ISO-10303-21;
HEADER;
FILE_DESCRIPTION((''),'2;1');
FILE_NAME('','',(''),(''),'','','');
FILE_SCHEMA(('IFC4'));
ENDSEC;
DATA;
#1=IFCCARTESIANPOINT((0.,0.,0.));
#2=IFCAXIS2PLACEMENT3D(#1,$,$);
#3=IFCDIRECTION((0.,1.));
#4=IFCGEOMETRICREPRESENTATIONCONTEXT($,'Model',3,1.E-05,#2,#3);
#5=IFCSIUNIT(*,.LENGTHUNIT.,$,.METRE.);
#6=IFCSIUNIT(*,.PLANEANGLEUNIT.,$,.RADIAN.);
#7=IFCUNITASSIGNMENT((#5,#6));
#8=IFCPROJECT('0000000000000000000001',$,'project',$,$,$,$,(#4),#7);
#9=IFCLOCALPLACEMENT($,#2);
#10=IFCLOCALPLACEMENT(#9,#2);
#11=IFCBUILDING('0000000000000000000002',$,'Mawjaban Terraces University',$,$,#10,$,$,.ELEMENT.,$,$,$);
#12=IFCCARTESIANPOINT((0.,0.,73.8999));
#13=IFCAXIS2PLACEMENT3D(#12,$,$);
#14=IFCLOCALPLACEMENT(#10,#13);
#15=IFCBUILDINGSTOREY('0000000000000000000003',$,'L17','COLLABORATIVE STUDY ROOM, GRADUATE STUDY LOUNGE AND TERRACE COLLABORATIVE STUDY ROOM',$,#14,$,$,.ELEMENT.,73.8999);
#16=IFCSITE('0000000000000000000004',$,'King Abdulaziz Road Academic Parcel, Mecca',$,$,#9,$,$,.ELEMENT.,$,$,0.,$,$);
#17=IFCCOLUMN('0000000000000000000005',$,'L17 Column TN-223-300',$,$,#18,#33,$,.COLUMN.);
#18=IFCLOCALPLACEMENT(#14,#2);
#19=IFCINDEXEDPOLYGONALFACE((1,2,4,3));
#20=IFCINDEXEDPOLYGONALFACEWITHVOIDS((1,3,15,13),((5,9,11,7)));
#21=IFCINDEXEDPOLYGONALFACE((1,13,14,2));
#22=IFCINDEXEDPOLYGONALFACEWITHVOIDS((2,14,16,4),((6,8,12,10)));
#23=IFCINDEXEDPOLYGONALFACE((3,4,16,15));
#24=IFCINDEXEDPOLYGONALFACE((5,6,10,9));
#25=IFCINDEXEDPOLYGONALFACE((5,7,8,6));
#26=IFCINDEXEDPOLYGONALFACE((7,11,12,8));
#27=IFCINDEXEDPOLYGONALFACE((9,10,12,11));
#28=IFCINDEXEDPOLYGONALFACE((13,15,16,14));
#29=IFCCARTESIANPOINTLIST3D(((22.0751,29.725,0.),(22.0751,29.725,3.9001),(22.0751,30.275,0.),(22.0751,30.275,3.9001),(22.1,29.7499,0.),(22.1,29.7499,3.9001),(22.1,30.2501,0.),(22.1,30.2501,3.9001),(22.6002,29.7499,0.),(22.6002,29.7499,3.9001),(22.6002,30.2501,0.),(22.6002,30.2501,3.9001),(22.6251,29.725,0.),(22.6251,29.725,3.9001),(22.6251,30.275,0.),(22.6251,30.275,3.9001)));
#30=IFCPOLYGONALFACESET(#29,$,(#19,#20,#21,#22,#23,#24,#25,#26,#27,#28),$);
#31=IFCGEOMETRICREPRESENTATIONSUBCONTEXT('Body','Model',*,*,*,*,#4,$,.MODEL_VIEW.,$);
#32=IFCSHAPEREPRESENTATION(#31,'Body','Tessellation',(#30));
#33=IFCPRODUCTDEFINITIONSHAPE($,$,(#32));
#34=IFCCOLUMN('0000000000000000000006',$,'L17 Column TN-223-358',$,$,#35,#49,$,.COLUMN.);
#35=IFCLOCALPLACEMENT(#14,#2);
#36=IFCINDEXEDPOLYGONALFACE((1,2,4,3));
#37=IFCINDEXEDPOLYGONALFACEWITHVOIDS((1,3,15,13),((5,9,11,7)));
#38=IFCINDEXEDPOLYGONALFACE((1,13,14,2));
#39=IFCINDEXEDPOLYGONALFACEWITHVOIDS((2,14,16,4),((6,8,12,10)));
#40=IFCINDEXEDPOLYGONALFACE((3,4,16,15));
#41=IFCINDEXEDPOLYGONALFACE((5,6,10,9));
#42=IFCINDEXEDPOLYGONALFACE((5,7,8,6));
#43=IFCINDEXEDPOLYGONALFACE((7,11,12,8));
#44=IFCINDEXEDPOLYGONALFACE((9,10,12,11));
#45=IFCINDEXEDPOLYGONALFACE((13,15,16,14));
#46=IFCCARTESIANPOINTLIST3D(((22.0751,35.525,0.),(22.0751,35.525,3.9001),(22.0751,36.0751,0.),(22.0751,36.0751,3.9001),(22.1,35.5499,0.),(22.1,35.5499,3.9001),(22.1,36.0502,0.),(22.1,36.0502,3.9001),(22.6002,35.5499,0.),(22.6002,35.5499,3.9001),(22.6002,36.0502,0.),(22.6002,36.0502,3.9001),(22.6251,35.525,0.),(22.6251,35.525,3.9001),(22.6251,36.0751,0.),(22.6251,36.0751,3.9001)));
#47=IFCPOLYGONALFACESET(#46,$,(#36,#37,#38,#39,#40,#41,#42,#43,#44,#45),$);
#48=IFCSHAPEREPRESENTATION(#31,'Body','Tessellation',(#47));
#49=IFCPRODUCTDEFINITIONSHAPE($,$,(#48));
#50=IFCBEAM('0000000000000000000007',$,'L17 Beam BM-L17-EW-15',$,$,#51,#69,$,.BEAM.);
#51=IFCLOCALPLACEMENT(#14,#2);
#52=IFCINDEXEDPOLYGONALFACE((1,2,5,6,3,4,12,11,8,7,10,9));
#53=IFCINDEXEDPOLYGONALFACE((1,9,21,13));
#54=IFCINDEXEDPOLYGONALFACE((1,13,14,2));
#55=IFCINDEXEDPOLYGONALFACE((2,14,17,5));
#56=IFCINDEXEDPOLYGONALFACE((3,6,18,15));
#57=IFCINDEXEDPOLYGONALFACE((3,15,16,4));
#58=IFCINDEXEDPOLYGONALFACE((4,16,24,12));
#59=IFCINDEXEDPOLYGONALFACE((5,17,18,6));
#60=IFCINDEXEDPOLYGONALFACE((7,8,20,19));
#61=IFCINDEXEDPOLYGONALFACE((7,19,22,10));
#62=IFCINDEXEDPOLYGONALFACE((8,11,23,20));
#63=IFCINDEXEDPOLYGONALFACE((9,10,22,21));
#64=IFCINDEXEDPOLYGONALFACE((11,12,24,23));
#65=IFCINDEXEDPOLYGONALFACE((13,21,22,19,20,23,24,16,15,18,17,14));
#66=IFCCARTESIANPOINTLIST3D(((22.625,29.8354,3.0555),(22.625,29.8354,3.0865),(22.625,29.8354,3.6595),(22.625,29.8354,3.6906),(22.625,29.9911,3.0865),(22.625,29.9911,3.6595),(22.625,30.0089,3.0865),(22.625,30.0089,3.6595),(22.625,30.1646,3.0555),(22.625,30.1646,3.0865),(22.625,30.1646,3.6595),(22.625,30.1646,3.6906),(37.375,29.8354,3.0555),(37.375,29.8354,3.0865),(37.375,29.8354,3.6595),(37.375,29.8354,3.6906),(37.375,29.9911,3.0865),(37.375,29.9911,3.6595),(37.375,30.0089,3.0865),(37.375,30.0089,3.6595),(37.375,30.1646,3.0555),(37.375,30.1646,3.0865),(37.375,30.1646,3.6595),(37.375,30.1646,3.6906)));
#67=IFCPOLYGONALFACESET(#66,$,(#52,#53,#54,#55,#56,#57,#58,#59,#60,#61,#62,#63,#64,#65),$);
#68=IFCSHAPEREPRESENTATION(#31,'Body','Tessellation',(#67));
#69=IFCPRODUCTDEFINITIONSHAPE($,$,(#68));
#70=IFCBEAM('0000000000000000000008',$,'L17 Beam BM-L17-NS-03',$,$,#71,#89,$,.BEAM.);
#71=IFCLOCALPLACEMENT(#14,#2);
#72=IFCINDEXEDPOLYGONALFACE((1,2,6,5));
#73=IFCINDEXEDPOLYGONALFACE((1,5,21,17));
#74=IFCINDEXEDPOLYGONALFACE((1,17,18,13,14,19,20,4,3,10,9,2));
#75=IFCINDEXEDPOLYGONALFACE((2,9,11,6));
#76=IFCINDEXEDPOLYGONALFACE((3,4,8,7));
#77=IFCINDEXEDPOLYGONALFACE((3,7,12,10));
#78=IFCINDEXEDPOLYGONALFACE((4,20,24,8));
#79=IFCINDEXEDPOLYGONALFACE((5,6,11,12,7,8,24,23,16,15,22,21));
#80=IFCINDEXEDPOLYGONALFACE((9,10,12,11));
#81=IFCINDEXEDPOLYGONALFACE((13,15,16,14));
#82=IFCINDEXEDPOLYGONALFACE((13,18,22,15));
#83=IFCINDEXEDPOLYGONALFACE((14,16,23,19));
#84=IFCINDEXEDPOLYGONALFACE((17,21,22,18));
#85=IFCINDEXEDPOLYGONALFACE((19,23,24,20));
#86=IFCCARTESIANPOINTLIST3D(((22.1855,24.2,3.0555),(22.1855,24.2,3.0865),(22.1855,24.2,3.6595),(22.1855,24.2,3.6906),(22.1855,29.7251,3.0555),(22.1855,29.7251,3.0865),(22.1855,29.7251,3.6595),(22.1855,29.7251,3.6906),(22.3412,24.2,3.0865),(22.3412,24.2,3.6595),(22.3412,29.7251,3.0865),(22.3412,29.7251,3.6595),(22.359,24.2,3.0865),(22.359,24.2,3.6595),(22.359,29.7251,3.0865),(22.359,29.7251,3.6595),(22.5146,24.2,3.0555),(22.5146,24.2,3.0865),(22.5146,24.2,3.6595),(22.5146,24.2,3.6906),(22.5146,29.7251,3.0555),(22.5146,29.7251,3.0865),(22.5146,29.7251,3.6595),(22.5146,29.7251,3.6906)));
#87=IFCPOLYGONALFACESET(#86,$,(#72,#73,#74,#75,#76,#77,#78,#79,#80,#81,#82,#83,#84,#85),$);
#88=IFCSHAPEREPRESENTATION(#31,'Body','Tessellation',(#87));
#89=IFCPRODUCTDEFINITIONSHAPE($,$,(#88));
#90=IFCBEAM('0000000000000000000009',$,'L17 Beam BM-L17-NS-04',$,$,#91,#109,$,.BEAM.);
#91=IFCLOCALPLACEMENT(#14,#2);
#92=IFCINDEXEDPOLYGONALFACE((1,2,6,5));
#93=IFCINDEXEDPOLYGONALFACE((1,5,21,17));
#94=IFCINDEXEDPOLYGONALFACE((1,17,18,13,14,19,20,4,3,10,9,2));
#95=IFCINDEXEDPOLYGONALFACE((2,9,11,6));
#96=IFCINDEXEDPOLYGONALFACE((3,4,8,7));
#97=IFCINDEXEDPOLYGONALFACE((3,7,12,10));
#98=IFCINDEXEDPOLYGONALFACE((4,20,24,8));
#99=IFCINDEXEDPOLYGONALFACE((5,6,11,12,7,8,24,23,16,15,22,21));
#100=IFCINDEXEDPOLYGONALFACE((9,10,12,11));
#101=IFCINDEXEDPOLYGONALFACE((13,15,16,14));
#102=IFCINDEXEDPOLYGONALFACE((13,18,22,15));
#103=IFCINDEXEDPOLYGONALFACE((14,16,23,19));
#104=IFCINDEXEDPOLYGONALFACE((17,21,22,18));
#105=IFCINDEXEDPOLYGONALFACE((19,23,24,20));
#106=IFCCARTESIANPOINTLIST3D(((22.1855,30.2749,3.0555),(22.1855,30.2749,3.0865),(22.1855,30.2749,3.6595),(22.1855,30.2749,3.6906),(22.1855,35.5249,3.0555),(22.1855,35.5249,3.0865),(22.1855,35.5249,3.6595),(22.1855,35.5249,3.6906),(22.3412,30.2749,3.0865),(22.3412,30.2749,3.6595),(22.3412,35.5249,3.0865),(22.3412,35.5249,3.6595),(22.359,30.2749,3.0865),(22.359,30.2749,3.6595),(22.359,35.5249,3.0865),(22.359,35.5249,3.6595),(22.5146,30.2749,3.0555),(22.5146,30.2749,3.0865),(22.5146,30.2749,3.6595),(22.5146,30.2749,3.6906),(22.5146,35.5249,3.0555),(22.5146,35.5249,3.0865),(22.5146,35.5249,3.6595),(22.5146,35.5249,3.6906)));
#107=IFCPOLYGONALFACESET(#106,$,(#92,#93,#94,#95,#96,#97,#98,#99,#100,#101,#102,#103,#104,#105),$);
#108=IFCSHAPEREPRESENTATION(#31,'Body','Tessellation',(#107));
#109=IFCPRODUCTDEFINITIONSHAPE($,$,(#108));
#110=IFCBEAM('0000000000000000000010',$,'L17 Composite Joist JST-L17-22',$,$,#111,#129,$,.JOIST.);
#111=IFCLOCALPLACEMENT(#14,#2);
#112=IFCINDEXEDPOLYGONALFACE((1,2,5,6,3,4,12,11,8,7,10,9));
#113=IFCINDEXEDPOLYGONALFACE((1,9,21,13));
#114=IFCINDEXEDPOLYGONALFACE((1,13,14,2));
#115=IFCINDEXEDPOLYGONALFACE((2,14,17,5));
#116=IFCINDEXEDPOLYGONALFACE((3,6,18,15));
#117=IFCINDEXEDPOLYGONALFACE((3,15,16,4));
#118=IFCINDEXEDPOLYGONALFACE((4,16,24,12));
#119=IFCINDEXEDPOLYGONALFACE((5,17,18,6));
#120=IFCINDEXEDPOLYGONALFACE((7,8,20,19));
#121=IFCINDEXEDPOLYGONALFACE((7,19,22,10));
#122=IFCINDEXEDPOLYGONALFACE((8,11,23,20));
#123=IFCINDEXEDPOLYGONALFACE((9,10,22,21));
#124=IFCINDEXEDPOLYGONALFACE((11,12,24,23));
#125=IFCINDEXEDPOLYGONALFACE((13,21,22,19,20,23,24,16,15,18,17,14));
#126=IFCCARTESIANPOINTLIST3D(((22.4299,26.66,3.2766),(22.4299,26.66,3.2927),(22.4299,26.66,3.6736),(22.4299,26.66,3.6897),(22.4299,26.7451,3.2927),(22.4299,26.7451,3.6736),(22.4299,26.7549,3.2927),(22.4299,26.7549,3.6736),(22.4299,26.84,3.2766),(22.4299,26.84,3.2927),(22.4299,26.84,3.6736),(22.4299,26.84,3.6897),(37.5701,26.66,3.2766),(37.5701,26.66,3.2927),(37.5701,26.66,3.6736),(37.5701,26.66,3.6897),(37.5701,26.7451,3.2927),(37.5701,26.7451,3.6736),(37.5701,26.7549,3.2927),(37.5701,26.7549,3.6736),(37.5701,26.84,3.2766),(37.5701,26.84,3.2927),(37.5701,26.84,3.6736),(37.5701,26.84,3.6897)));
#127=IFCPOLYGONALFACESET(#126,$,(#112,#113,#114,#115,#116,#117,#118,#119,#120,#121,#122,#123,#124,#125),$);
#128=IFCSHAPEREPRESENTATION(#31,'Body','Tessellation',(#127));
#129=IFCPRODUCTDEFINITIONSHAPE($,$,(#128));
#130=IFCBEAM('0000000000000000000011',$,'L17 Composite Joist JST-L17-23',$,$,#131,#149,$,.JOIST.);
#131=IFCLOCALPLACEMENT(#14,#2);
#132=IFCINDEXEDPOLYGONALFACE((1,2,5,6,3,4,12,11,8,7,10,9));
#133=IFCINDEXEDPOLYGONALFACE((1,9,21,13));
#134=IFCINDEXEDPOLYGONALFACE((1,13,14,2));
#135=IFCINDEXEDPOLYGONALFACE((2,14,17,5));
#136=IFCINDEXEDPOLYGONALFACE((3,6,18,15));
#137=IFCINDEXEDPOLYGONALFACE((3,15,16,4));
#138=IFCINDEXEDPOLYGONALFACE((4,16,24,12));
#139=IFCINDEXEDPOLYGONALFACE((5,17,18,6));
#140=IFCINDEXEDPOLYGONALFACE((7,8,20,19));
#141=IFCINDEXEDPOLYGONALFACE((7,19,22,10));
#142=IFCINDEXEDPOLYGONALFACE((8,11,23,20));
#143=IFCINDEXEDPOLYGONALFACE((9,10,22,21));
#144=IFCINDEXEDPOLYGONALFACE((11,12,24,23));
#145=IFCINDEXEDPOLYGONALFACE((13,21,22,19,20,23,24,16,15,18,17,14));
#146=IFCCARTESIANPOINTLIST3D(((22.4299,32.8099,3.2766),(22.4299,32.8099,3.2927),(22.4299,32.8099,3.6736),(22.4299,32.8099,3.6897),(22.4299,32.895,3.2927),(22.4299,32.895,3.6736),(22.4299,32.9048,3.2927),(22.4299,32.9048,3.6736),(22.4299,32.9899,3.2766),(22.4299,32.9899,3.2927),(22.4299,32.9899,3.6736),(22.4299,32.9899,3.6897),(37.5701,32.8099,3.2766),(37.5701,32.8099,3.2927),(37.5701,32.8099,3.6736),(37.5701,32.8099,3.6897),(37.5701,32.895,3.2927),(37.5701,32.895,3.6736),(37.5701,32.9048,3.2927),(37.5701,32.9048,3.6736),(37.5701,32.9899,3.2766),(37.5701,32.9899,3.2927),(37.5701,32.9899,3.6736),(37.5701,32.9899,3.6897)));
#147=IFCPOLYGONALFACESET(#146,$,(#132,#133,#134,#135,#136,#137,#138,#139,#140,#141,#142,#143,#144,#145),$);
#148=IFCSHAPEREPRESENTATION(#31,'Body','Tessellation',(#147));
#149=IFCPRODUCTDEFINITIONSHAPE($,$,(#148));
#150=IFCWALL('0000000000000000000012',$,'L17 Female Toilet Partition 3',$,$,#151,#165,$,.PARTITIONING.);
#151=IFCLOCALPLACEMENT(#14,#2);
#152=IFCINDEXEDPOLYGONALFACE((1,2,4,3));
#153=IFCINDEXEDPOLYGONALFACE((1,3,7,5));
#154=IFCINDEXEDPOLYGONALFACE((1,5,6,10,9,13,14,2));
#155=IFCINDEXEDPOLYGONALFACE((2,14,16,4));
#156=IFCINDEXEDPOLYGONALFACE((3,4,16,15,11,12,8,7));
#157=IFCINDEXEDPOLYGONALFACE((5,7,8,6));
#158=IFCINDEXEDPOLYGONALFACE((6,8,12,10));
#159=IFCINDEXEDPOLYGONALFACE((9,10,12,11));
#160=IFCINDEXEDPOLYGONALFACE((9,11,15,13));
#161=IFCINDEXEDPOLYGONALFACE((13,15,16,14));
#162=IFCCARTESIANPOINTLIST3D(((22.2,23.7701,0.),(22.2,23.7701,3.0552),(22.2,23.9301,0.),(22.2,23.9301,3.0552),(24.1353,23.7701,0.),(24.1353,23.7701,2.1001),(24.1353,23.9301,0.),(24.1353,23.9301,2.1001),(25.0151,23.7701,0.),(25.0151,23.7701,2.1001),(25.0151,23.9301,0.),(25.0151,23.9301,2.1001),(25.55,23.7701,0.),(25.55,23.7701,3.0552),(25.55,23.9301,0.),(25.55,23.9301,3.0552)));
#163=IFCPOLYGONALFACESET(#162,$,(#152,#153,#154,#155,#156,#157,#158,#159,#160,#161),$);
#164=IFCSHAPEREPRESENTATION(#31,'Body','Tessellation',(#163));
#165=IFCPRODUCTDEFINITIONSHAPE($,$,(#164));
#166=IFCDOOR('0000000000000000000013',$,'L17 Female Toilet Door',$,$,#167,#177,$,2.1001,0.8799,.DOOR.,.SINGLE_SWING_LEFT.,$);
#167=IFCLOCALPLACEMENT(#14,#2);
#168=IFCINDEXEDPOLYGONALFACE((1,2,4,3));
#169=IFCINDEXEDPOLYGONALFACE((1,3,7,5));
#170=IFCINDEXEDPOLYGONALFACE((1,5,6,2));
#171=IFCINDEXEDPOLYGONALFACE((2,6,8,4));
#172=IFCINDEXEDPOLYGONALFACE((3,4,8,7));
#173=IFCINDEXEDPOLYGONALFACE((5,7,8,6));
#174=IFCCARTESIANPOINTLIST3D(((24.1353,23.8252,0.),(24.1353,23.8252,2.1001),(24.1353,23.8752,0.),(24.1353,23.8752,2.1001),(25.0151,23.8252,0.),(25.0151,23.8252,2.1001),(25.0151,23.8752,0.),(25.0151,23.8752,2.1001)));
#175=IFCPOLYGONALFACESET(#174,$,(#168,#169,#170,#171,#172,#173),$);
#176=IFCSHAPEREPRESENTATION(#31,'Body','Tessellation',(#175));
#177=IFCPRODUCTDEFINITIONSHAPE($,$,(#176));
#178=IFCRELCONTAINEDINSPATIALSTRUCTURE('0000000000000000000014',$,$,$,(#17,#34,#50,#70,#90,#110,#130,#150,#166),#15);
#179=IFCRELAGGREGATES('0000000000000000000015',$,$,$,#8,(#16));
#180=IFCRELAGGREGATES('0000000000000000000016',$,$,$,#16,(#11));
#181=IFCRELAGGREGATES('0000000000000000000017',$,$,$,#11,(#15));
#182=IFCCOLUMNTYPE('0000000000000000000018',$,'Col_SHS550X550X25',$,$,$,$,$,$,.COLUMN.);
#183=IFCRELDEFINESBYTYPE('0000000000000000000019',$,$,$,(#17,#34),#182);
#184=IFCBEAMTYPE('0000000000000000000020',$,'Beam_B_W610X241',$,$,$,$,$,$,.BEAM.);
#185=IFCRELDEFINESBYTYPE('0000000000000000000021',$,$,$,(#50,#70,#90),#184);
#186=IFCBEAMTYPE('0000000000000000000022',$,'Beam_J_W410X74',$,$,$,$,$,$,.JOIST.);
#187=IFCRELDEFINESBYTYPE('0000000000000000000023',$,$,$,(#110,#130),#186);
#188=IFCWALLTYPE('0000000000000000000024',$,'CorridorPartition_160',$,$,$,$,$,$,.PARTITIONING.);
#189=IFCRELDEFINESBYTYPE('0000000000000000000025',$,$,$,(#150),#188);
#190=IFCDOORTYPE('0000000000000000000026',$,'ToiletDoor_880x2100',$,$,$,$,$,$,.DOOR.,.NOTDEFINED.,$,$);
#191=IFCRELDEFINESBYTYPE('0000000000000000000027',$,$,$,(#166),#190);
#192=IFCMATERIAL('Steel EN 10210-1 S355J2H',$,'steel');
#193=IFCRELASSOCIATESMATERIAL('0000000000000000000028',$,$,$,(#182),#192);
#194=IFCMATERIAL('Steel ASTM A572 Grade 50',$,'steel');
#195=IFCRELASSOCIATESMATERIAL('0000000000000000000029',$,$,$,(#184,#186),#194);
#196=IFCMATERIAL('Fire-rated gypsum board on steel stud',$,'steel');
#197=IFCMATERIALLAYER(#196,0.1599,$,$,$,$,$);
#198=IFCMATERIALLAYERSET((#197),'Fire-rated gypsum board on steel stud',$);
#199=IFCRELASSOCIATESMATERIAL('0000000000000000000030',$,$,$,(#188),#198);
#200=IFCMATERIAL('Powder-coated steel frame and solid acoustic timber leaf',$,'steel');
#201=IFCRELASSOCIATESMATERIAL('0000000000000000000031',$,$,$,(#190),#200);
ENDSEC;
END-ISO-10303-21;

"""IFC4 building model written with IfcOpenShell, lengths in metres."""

from ifc_helpers import new_model, si_unit, direction, frame, frame_2d, origin, origin_2d, place, context, subcontext, project, spatial, rectangle, hollow_rectangle, i_section, extrude, material, layer, layer_set, material_profile, profile_set, type_object, element, fill, save


model = new_model("IFC4")

# Units and contexts
model_context = context("Model", 3, precision=1e-05, world=origin(), true_north=direction((0.0, 1.0)))
body_context = subcontext(model_context, "Body", "Model", "MODEL_VIEW")
ifc_project = project(units=[si_unit("LENGTHUNIT", "METRE"), si_unit("PLANEANGLEUNIT", "RADIAN")], contexts=[model_context])

# Site, building, storey
site_placement = place(None, origin())
site = spatial("IfcSite", under=ifc_project, at=site_placement, Name="King Abdulaziz Road Academic Parcel, Mecca", CompositionType="ELEMENT", RefElevation=0.0)
building_placement = place(site_placement, origin())
building = spatial("IfcBuilding", under=site, at=building_placement, Name="Mawjaban Terraces University", CompositionType="ELEMENT")
storey_placement = place(building_placement, frame((0.0, 0.0, 73.8999)))
storey = spatial("IfcBuildingStorey", under=building, at=storey_placement, Name="L17", Description="COLLABORATIVE STUDY ROOM, GRADUATE STUDY LOUNGE AND TERRACE COLLABORATIVE STUDY ROOM", CompositionType="ELEMENT", Elevation=73.8999)

# Columns
ifc_material_1 = material(Name="Steel EN 10210-1 S355J2H", Category="steel")
ifc_material_profile_1 = material_profile(ifc_material_1, hollow_rectangle(XDim=0.55, YDim=0.55, WallThickness=0.0249, at=origin_2d()), Name="SHS550X550X25")
ifc_profile_set_1 = profile_set([ifc_material_profile_1], Name="Steel EN 10210-1 S355J2H")
column_type = type_object("IfcColumnType", Name="Col_SHS550X550X25", PredefinedType="COLUMN", material=ifc_profile_set_1)
for number, where, z_axis, x_axis, name in (
    (1, (22.3501, 30.0, 0.0), (0.0, 0.0, 1.0), (1.0, 0.0, 0.0), "L17 Column TN-223-300"),
    (2, (22.3501, 35.8, 0.0), (0.0, 0.0, 1.0), (1.0, 0.0, 0.0), "L17 Column TN-223-358"),
):
    element("IfcColumn", number, at=place(storey_placement, frame(where, z_axis=z_axis, x_axis=x_axis)), inside=storey, type_object=column_type, Name=name, PredefinedType="COLUMN", context=body_context, shape_type="SweptSolid", body=[
        extrude(hollow_rectangle(XDim=0.55, YDim=0.55, WallThickness=0.0249, at=origin_2d()), origin(), (0.0, 0.0, 1.0), 3.9001),
    ])

# Beams
ifc_material_2 = material(Name="Steel ASTM A572 Grade 50", Category="steel")
ifc_material_profile_2 = material_profile(ifc_material_2, i_section(OverallWidth=0.3291, OverallDepth=0.635, WebThickness=0.0178, FlangeThickness=0.031, at=origin_2d()), Name="W610X241")
ifc_profile_set_2 = profile_set([ifc_material_profile_2], Name="Steel ASTM A572 Grade 50")
beam_type_1 = type_object("IfcBeamType", Name="Beam_B_W610X241", PredefinedType="BEAM", material=ifc_profile_set_2)
beam_1_placement = place(storey_placement, frame((22.625, 30.0, 3.373), z_axis=(1.0, 0.0, 0.0), x_axis=(0.0, 1.0, 0.0)))
element("IfcBeam", 3, at=beam_1_placement, inside=storey, type_object=beam_type_1, Name="L17 Beam BM-L17-EW-15", PredefinedType="BEAM", context=body_context, shape_type="SweptSolid", body=[
    extrude(i_section(OverallWidth=0.3291, OverallDepth=0.635, WebThickness=0.0178, FlangeThickness=0.031, at=origin_2d()), origin(), (0.0, 0.0, 1.0), 14.75),
])
beam_2_placement = place(storey_placement, frame((22.3501, 24.2, 3.373), z_axis=(0.0, 1.0, 0.0), x_axis=(-1.0, 0.0, 0.0)))
element("IfcBeam", 4, at=beam_2_placement, inside=storey, type_object=beam_type_1, Name="L17 Beam BM-L17-NS-03", PredefinedType="BEAM", context=body_context, shape_type="SweptSolid", body=[
    extrude(i_section(OverallWidth=0.3291, OverallDepth=0.635, WebThickness=0.0178, FlangeThickness=0.031, at=origin_2d()), origin(), (0.0, 0.0, 1.0), 5.5251),
])
beam_3_placement = place(storey_placement, frame((22.3501, 30.2749, 3.373), z_axis=(0.0, 1.0, 0.0), x_axis=(-1.0, 0.0, 0.0)))
element("IfcBeam", 5, at=beam_3_placement, inside=storey, type_object=beam_type_1, Name="L17 Beam BM-L17-NS-04", PredefinedType="BEAM", context=body_context, shape_type="SweptSolid", body=[
    extrude(i_section(OverallWidth=0.3291, OverallDepth=0.635, WebThickness=0.0178, FlangeThickness=0.031, at=origin_2d()), origin(), (0.0, 0.0, 1.0), 5.25),
])
ifc_material_profile_3 = material_profile(ifc_material_2, i_section(OverallWidth=0.1799, OverallDepth=0.4131, WebThickness=0.0098, FlangeThickness=0.0161, at=origin_2d()), Name="W410X74")
ifc_profile_set_3 = profile_set([ifc_material_profile_3], Name="Steel ASTM A572 Grade 50")
beam_type_2 = type_object("IfcBeamType", Name="Beam_J_W410X74", PredefinedType="JOIST", material=ifc_profile_set_3)
for number, where, z_axis, x_axis, name in (
    (6, (22.4299, 26.75, 3.4832), (1.0, 0.0, 0.0), (0.0, 1.0, 0.0), "L17 Composite Joist JST-L17-22"),
    (7, (22.4299, 32.8999, 3.4832), (1.0, 0.0, 0.0), (0.0, 1.0, 0.0), "L17 Composite Joist JST-L17-23"),
):
    element("IfcBeam", number, at=place(storey_placement, frame(where, z_axis=z_axis, x_axis=x_axis)), inside=storey, type_object=beam_type_2, Name=name, PredefinedType="JOIST", context=body_context, shape_type="SweptSolid", body=[
        extrude(i_section(OverallWidth=0.1799, OverallDepth=0.4131, WebThickness=0.0098, FlangeThickness=0.0161, at=origin_2d()), origin(), (0.0, 0.0, 1.0), 15.1401),
    ])

# Wall, opening, door
ifc_material_3 = material(Name="Fire-rated gypsum board on steel stud", Category="steel")
ifc_layer_1 = layer(ifc_material_3, 0.1599)
ifc_layer_set_1 = layer_set([ifc_layer_1], Name="Fire-rated gypsum board on steel stud")
wall_type_1 = type_object("IfcWallType", Name="CorridorPartition_160", PredefinedType="PARTITIONING", material=ifc_layer_set_1)
wall_1_placement = place(storey_placement, frame((25.55, 23.8501, 0.0), z_axis=(0.0, 0.0, 1.0), x_axis=(-1.0, 0.0, 0.0)))
wall_1 = element("IfcWall", 8, at=wall_1_placement, inside=storey, type_object=wall_type_1, Name="L17 Female Toilet Partition 3", PredefinedType="PARTITIONING", context=body_context, shape_type="SweptSolid", body=[
    extrude(rectangle(XDim=3.3501, YDim=0.1599, at=frame_2d((1.675, 0.0))), origin(), (0.0, 0.0, 1.0), 3.0552),
])
opening_1_placement = place(wall_1_placement, frame((0.5349, 0.0, 0.0)))
opening_1 = element("IfcOpeningElement", 9, at=opening_1_placement, cuts=wall_1, PredefinedType="OPENING", context=body_context, shape_type="SweptSolid", body=[
    extrude(rectangle(XDim=0.8799, YDim=2.1001, at=frame_2d((0.4399, 1.05))), frame((0.0, 0.0898, 0.0), z_axis=(0.0, -1.0, 0.0), x_axis=(1.0, 0.0, 0.0)), (0.0, 0.0, 1.0), 0.1799),
])
ifc_material_4 = material(Name="Powder-coated steel frame and solid acoustic timber leaf", Category="steel")
door_type_1 = type_object("IfcDoorType", Name="ToiletDoor_880x2100", OperationType="NOTDEFINED", PredefinedType="DOOR", material=ifc_material_4)
door_1_placement = place(opening_1_placement, origin())
door_1 = element("IfcDoor", 10, at=door_1_placement, inside=storey, type_object=door_type_1, Name="L17 Female Toilet Door", OperationType="SINGLE_SWING_LEFT", OverallHeight=2.1001, OverallWidth=0.8799, PredefinedType="DOOR", context=body_context, shape_type="SweptSolid", body=[
    extrude(rectangle(XDim=0.8799, YDim=2.1001, at=frame_2d((0.4399, 1.05))), frame((0.0, 0.0249, 0.0), z_axis=(0.0, -1.0, 0.0), x_axis=(1.0, 0.0, 0.0)), (0.0, 0.0, 1.0), 0.05),
])
fill(opening_1, door_1)

save(model, "model.ifc")
